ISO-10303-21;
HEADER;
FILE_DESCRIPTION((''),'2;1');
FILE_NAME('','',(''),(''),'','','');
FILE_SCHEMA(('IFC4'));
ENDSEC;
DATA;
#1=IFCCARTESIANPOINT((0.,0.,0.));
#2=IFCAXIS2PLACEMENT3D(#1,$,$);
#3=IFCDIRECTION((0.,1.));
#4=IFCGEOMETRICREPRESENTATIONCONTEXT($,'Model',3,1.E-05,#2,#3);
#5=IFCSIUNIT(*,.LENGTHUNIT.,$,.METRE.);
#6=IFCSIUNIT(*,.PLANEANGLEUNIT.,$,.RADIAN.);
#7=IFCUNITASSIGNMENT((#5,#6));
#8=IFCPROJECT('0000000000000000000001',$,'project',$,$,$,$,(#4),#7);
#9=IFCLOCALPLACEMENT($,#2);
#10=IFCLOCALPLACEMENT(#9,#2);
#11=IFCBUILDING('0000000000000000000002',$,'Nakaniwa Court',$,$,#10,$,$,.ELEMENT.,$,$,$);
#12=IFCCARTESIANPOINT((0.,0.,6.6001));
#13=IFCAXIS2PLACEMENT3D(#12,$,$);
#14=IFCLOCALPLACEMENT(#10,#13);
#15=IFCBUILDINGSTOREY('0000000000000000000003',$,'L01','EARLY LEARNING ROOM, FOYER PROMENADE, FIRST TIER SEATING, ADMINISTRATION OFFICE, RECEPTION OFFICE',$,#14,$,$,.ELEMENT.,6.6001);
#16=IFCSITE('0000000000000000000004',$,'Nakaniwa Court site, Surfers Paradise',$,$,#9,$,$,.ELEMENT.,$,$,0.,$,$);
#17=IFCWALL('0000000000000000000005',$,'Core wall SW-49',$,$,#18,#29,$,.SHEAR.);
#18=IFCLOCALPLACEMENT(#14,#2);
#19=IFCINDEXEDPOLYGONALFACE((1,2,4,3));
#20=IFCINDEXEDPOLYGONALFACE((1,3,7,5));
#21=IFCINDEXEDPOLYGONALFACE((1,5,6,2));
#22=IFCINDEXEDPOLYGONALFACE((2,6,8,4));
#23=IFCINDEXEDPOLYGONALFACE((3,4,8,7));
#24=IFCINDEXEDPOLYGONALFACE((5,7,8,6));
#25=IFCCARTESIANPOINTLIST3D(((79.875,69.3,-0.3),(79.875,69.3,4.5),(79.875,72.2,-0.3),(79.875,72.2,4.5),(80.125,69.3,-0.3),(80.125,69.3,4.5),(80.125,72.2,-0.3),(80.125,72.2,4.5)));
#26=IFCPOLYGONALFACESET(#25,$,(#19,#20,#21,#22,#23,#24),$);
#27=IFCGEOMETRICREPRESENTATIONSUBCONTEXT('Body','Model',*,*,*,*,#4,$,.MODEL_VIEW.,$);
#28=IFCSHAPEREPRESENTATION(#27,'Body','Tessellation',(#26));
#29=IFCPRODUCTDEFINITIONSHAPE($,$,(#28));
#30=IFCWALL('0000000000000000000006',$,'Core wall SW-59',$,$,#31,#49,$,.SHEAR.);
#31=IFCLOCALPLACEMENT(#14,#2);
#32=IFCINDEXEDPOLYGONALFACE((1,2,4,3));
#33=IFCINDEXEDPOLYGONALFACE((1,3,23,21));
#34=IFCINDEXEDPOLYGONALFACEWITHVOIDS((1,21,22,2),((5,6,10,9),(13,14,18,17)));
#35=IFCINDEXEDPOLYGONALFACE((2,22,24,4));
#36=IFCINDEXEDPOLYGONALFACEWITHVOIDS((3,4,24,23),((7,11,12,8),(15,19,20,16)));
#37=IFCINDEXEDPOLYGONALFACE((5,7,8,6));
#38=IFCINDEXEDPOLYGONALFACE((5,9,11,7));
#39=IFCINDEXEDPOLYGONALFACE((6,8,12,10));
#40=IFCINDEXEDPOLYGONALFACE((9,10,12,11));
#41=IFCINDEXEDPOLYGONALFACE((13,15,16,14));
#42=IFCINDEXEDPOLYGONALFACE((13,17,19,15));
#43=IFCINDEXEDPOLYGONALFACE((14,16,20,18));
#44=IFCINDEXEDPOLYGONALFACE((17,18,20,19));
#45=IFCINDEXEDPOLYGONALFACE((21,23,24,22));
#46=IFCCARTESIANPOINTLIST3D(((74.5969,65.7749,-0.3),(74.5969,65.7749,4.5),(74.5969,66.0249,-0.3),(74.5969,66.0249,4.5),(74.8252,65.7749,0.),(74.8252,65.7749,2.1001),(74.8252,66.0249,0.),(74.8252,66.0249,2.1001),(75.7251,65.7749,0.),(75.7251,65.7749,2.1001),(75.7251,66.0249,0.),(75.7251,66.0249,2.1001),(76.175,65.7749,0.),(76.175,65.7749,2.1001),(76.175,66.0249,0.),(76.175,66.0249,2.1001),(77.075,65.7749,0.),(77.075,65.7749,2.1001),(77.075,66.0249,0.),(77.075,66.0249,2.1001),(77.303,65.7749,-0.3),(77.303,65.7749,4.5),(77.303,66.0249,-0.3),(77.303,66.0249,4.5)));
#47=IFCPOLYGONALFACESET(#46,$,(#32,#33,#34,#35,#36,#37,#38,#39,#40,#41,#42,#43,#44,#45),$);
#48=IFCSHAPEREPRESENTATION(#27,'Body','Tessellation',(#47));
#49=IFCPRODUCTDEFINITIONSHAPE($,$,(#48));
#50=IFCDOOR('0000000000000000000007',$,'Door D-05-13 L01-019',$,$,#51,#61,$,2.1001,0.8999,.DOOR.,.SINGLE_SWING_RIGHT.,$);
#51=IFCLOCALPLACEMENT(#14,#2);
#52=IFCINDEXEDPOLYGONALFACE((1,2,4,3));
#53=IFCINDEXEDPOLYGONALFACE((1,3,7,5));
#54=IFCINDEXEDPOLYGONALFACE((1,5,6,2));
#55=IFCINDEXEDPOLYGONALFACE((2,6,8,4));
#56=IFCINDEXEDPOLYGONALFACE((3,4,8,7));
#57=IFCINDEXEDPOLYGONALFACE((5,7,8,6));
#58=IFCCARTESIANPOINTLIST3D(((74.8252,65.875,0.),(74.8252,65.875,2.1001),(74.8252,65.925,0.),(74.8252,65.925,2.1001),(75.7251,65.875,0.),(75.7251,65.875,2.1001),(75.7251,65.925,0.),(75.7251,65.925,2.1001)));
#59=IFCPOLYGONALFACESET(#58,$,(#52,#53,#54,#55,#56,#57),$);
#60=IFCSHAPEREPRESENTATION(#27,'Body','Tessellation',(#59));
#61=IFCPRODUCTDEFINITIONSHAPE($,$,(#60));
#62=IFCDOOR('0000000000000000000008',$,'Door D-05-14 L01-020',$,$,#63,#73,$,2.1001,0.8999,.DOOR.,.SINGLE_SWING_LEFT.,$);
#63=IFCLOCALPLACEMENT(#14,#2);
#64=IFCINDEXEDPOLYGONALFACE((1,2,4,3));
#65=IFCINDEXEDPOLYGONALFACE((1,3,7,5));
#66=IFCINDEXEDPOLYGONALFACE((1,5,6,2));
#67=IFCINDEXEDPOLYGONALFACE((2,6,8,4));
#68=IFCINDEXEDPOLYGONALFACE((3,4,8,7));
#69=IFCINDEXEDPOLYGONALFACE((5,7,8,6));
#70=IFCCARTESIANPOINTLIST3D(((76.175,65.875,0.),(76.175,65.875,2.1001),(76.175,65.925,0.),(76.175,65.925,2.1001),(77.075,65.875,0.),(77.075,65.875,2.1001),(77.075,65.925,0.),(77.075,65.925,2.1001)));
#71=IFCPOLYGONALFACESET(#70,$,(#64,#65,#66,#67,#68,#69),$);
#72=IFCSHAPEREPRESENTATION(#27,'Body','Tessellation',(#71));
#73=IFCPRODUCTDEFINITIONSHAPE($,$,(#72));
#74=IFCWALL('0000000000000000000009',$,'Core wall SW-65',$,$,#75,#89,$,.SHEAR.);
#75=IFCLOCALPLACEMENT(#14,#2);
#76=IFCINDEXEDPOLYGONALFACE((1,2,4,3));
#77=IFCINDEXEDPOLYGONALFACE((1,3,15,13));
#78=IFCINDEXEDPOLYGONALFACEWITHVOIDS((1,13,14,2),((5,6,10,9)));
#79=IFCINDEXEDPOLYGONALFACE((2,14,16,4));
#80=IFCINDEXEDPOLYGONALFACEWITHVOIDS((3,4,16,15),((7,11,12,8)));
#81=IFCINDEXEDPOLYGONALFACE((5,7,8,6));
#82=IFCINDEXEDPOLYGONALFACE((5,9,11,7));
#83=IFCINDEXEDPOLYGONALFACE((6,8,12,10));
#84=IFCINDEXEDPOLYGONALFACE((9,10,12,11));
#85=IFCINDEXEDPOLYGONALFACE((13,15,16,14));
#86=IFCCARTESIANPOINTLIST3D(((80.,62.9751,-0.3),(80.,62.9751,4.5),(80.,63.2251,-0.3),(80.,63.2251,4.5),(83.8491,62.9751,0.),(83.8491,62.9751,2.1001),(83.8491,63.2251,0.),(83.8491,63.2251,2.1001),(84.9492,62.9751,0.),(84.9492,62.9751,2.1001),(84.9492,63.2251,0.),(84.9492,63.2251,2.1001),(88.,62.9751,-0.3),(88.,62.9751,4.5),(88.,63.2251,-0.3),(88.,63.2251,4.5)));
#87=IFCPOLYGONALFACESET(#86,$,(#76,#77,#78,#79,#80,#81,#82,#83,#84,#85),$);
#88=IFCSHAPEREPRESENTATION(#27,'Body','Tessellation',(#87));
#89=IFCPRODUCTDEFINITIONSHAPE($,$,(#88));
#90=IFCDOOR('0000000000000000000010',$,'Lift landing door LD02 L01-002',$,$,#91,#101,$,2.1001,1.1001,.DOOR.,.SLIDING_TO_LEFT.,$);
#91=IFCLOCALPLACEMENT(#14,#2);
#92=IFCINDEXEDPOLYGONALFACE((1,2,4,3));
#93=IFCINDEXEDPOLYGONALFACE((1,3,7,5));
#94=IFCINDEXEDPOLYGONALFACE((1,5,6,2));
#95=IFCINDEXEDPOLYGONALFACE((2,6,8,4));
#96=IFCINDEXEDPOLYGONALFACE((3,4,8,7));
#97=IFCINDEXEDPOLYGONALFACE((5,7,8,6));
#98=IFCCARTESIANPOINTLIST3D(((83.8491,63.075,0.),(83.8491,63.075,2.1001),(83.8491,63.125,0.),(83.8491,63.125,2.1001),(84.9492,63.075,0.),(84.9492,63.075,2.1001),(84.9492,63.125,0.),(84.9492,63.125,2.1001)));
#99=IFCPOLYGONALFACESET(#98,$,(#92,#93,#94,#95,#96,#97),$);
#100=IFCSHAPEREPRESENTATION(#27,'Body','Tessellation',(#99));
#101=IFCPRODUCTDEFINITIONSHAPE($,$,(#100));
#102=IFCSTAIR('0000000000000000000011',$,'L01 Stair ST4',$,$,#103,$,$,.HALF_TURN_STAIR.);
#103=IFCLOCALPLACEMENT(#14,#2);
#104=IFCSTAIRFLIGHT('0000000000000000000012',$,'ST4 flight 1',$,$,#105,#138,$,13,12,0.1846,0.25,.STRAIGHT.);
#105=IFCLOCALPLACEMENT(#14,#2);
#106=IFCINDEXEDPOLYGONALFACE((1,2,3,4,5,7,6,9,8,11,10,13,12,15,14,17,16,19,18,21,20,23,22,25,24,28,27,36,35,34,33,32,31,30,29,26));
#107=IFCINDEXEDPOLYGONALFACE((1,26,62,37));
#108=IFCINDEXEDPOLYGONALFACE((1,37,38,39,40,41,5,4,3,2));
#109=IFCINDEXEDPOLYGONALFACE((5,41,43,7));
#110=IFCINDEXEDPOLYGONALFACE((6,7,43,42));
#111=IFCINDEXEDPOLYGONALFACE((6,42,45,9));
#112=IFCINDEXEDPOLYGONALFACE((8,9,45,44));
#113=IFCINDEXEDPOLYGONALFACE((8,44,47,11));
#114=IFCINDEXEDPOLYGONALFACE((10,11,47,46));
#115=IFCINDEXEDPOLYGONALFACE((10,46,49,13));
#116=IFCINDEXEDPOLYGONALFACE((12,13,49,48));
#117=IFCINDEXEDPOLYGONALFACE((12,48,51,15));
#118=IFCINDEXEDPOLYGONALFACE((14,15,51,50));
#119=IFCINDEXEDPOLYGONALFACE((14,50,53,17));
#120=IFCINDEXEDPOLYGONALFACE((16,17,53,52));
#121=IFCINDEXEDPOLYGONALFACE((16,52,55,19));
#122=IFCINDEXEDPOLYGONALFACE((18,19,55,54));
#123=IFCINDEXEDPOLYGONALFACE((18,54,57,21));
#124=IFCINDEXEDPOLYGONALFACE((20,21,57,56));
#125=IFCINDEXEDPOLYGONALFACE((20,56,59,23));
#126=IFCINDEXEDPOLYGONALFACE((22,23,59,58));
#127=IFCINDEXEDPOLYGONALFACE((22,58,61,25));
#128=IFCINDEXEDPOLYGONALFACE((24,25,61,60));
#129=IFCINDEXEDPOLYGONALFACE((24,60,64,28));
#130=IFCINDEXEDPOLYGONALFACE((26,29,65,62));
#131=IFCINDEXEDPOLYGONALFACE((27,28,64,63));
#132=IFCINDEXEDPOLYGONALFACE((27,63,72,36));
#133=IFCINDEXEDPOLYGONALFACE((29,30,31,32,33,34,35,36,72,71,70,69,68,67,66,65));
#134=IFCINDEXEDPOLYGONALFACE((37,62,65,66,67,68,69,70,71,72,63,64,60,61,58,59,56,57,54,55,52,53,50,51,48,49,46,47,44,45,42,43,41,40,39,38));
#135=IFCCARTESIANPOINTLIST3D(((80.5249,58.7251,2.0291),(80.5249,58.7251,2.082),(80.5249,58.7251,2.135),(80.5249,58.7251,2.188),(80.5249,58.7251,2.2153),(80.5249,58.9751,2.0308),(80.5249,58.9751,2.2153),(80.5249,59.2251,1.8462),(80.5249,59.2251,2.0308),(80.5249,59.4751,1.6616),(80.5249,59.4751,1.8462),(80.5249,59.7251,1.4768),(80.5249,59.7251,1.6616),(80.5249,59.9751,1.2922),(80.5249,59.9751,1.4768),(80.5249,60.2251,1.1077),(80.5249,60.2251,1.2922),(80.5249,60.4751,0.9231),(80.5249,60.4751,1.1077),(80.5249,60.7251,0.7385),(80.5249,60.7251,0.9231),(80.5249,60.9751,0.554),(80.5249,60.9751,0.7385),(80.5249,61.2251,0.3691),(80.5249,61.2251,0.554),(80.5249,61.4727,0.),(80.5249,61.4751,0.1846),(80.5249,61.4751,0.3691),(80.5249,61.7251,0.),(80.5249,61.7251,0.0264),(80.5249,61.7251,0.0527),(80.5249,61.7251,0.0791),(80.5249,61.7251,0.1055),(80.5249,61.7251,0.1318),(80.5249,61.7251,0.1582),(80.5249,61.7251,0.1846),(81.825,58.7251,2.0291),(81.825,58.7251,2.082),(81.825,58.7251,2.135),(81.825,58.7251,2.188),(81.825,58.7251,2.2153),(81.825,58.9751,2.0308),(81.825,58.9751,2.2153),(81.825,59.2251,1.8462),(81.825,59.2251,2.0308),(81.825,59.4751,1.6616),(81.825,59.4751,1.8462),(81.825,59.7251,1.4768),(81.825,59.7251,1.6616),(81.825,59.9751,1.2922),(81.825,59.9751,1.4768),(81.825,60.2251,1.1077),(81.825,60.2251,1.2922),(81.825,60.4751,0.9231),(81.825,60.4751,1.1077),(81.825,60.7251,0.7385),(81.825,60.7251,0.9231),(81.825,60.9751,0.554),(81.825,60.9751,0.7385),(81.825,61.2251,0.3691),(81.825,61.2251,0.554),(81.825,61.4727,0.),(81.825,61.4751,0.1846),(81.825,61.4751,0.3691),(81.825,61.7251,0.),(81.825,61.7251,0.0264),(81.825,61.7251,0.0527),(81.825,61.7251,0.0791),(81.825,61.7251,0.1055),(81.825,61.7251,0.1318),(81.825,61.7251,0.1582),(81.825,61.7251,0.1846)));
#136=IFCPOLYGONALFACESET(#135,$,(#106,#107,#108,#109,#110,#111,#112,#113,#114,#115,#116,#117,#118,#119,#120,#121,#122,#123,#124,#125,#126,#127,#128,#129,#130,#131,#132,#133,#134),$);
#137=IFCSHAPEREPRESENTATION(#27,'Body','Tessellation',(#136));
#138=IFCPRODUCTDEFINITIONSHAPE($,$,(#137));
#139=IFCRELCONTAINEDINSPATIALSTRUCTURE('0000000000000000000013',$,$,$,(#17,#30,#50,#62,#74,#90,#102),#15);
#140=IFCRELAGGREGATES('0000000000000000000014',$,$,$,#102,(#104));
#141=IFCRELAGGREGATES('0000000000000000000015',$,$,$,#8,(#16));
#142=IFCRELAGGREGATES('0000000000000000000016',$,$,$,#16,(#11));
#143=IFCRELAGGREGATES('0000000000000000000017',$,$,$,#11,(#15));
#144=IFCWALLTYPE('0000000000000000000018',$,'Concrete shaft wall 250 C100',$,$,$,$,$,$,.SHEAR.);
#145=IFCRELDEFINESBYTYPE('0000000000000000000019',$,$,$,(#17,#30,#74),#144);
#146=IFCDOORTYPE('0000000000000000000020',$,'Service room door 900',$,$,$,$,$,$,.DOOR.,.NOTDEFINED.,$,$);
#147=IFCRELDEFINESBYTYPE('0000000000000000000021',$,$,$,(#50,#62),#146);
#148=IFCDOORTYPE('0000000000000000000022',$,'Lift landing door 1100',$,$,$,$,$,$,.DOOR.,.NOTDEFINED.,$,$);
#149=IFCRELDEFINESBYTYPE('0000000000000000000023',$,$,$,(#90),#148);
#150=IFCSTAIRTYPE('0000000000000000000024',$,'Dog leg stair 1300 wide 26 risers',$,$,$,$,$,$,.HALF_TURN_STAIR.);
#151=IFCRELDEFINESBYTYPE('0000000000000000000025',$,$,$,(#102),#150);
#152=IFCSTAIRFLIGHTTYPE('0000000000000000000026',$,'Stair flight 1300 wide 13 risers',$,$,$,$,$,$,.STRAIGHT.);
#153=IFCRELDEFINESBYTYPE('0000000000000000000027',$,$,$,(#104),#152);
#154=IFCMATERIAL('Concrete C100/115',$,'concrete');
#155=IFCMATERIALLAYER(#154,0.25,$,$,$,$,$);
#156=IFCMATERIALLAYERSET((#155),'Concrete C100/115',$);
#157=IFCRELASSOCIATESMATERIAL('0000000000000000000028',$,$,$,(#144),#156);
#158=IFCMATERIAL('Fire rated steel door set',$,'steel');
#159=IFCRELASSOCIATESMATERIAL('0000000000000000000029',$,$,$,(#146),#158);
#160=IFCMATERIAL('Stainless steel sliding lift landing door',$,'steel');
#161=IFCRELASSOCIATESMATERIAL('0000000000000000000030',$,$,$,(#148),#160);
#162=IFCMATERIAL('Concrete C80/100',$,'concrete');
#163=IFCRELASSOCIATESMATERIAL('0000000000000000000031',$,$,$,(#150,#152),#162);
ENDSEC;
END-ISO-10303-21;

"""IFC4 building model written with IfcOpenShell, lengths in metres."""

from ifc_helpers import new_model, si_unit, direction, frame, frame_2d, origin, place, context, subcontext, project, spatial, polyline, rectangle, outline, extrude, material, layer, layer_set, type_object, element, fill, aggregate, save


model = new_model("IFC4")

# Units and contexts
model_context = context("Model", 3, precision=1e-05, world=origin(), true_north=direction((0.0, 1.0)))
body_context = subcontext(model_context, "Body", "Model", "MODEL_VIEW")
ifc_project = project(units=[si_unit("LENGTHUNIT", "METRE"), si_unit("PLANEANGLEUNIT", "RADIAN")], contexts=[model_context])

# Site, building, storey
site_placement = place(None, origin())
site = spatial("IfcSite", under=ifc_project, at=site_placement, Name="Nakaniwa Court site, Surfers Paradise", CompositionType="ELEMENT", RefElevation=0.0)
building_placement = place(site_placement, origin())
building = spatial("IfcBuilding", under=site, at=building_placement, Name="Nakaniwa Court", CompositionType="ELEMENT")
storey_placement = place(building_placement, frame((0.0, 0.0, 6.6001)))
storey = spatial("IfcBuildingStorey", under=building, at=storey_placement, Name="L01", Description="EARLY LEARNING ROOM, FOYER PROMENADE, FIRST TIER SEATING, ADMINISTRATION OFFICE, RECEPTION OFFICE", CompositionType="ELEMENT", Elevation=6.6001)

# Shared definitions
ifc_material_1 = material(Name="Fire rated steel door set", Category="steel")

# Wall
ifc_material_2 = material(Name="Concrete C100/115", Category="concrete")
ifc_layer_1 = layer(ifc_material_2, 0.25)
ifc_layer_set_1 = layer_set([ifc_layer_1], Name="Concrete C100/115")
wall_type_1 = type_object("IfcWallType", Name="Concrete shaft wall 250 C100", PredefinedType="SHEAR", material=ifc_layer_set_1)
wall_1_placement = place(storey_placement, frame((80.0, 69.3, -0.3), z_axis=(0.0, 0.0, 1.0), x_axis=(0.0, 1.0, 0.0)))
element("IfcWall", 1, at=wall_1_placement, inside=storey, type_object=wall_type_1, Name="Core wall SW-49", PredefinedType="SHEAR", context=body_context, shape_type="SweptSolid", body=[
    extrude(rectangle(XDim=2.8999, YDim=0.25, at=frame_2d((1.45, 0.0))), origin(), (0.0, 0.0, 1.0), 4.8),
])

# Wall, openings, doors
wall_2_placement = place(storey_placement, frame((77.303, 65.8999, -0.3), z_axis=(0.0, 0.0, 1.0), x_axis=(-1.0, 0.0, 0.0)))
wall_2 = element("IfcWall", 2, at=wall_2_placement, inside=storey, type_object=wall_type_1, Name="Core wall SW-59", PredefinedType="SHEAR", context=body_context, shape_type="SweptSolid", body=[
    extrude(rectangle(XDim=2.7061, YDim=0.25, at=frame_2d((1.353, 0.0))), origin(), (0.0, 0.0, 1.0), 4.8),
])
opening_1_placement = place(wall_2_placement, frame((1.5779, 0.0, 0.3)))
opening_1 = element("IfcOpeningElement", 3, at=opening_1_placement, cuts=wall_2, PredefinedType="OPENING", context=body_context, shape_type="SweptSolid", body=[
    extrude(rectangle(XDim=0.8999, YDim=2.1001, at=frame_2d((0.45, 1.05))), frame((0.0, 0.135, 0.0), z_axis=(0.0, -1.0, 0.0), x_axis=(1.0, 0.0, 0.0)), (0.0, 0.0, 1.0), 0.27),
])
opening_2_placement = place(wall_2_placement, frame((0.228, 0.0, 0.3)))
opening_2 = element("IfcOpeningElement", 4, at=opening_2_placement, cuts=wall_2, PredefinedType="OPENING", context=body_context, shape_type="SweptSolid", body=[
    extrude(rectangle(XDim=0.8999, YDim=2.1001, at=frame_2d((0.45, 1.05))), frame((0.0, 0.135, 0.0), z_axis=(0.0, -1.0, 0.0), x_axis=(1.0, 0.0, 0.0)), (0.0, 0.0, 1.0), 0.27),
])
door_type_1 = type_object("IfcDoorType", Name="Service room door 900", OperationType="NOTDEFINED", PredefinedType="DOOR", material=ifc_material_1)
door_1_placement = place(opening_1_placement, origin())
door_1 = element("IfcDoor", 5, at=door_1_placement, inside=storey, type_object=door_type_1, Name="Door D-05-13 L01-019", OperationType="SINGLE_SWING_RIGHT", OverallHeight=2.1001, OverallWidth=0.8999, PredefinedType="DOOR", context=body_context, shape_type="SweptSolid", body=[
    extrude(rectangle(XDim=0.8999, YDim=2.1001, at=frame_2d((0.45, 1.05))), frame((0.0, 0.0249, 0.0), z_axis=(0.0, -1.0, 0.0), x_axis=(1.0, 0.0, 0.0)), (0.0, 0.0, 1.0), 0.05),
])
fill(opening_1, door_1)
door_2_placement = place(opening_2_placement, origin())
door_2 = element("IfcDoor", 6, at=door_2_placement, inside=storey, type_object=door_type_1, Name="Door D-05-14 L01-020", OperationType="SINGLE_SWING_LEFT", OverallHeight=2.1001, OverallWidth=0.8999, PredefinedType="DOOR", context=body_context, shape_type="SweptSolid", body=[
    extrude(rectangle(XDim=0.8999, YDim=2.1001, at=frame_2d((0.45, 1.05))), frame((0.0, 0.0249, 0.0), z_axis=(0.0, -1.0, 0.0), x_axis=(1.0, 0.0, 0.0)), (0.0, 0.0, 1.0), 0.05),
])
fill(opening_2, door_2)

# Wall, opening, door
wall_3_placement = place(storey_placement, frame((80.0, 63.1001, -0.3), z_axis=(0.0, 0.0, 1.0), x_axis=(1.0, 0.0, 0.0)))
wall_3 = element("IfcWall", 7, at=wall_3_placement, inside=storey, type_object=wall_type_1, Name="Core wall SW-65", PredefinedType="SHEAR", context=body_context, shape_type="SweptSolid", body=[
    extrude(rectangle(XDim=8.0, YDim=0.25, at=frame_2d((4.0, 0.0))), origin(), (0.0, 0.0, 1.0), 4.8),
])
opening_3_placement = place(wall_3_placement, frame((3.8491, 0.0, 0.3)))
opening_3 = element("IfcOpeningElement", 8, at=opening_3_placement, cuts=wall_3, PredefinedType="OPENING", context=body_context, shape_type="SweptSolid", body=[
    extrude(rectangle(XDim=1.1001, YDim=2.1001, at=frame_2d((0.55, 1.05))), frame((0.0, 0.135, 0.0), z_axis=(0.0, -1.0, 0.0), x_axis=(1.0, 0.0, 0.0)), (0.0, 0.0, 1.0), 0.27),
])
ifc_material_3 = material(Name="Stainless steel sliding lift landing door", Category="steel")
door_type_2 = type_object("IfcDoorType", Name="Lift landing door 1100", OperationType="NOTDEFINED", PredefinedType="DOOR", material=ifc_material_3)
door_3_placement = place(opening_3_placement, origin())
door_3 = element("IfcDoor", 9, at=door_3_placement, inside=storey, type_object=door_type_2, Name="Lift landing door LD02 L01-002", OperationType="SLIDING_TO_LEFT", OverallHeight=2.1001, OverallWidth=1.1001, PredefinedType="DOOR", context=body_context, shape_type="SweptSolid", body=[
    extrude(rectangle(XDim=1.1001, YDim=2.1001, at=frame_2d((0.55, 1.05))), frame((0.0, 0.0249, 0.0), z_axis=(0.0, -1.0, 0.0), x_axis=(1.0, 0.0, 0.0)), (0.0, 0.0, 1.0), 0.05),
])
fill(opening_3, door_3)

# Stair, stair flight
ifc_material_4 = material(Name="Concrete C80/100", Category="concrete")
stair_type = type_object("IfcStairType", Name="Dog leg stair 1300 wide 26 risers", PredefinedType="HALF_TURN_STAIR", material=ifc_material_4)
stair_placement = place(storey_placement, origin())
stair = element("IfcStair", 10, at=stair_placement, inside=storey, type_object=stair_type, Name="L01 Stair ST4", PredefinedType="HALF_TURN_STAIR")
stair_flight_type = type_object("IfcStairFlightType", Name="Stair flight 1300 wide 13 risers", PredefinedType="STRAIGHT", material=ifc_material_4)
stair_flight_placement = place(storey_placement, frame((81.175, 61.7251, 0.0), z_axis=(0.0, 0.0, 1.0), x_axis=(0.0, -1.0, 0.0)))
stair_flight = element("IfcStairFlight", 11, at=stair_flight_placement, type_object=stair_flight_type, Name="ST4 flight 1", NumberOfRisers=13, NumberOfTreads=12, PredefinedType="STRAIGHT", RiserHeight=0.1846, TreadLength=0.25, context=body_context, shape_type="SweptSolid", body=[
    extrude(outline(polyline([(0.0, 0.0), (0.0, 0.0264), (0.0, 0.0527), (0.0, 0.0791), (0.0, 0.1055), (0.0, 0.1318), (0.0, 0.1582), (0.0, 0.1846), (0.25, 0.1846), (0.25, 0.3691), (0.5, 0.3691), (0.5, 0.554), (0.75, 0.554), (0.75, 0.7385), (1.0, 0.7385), (1.0, 0.9231), (1.25, 0.9231), (1.25, 1.1077), (1.5, 1.1077), (1.5, 1.2922), (1.75, 1.2922), (1.75, 1.4768), (2.0, 1.4768), (2.0, 1.6616), (2.25, 1.6616), (2.25, 1.8462), (2.5, 1.8462), (2.5, 2.0308), (2.75, 2.0308), (2.75, 2.2153), (3.0, 2.2153), (3.0, 2.3999), (3.0, 2.3469), (3.0, 2.2939), (3.0, 2.241), (3.0, 2.188), (3.0, 2.135), (3.0, 2.082), (3.0, 2.0291), (0.2524, 0.0), (0.0, 0.0)])), frame((0.0, 0.6499, 0.0), z_axis=(0.0, -1.0, 0.0), x_axis=(1.0, 0.0, 0.0)), (0.0, 0.0, 1.0), 1.3),
])
aggregate(stair, [stair_flight])

save(model, "model.ifc")
